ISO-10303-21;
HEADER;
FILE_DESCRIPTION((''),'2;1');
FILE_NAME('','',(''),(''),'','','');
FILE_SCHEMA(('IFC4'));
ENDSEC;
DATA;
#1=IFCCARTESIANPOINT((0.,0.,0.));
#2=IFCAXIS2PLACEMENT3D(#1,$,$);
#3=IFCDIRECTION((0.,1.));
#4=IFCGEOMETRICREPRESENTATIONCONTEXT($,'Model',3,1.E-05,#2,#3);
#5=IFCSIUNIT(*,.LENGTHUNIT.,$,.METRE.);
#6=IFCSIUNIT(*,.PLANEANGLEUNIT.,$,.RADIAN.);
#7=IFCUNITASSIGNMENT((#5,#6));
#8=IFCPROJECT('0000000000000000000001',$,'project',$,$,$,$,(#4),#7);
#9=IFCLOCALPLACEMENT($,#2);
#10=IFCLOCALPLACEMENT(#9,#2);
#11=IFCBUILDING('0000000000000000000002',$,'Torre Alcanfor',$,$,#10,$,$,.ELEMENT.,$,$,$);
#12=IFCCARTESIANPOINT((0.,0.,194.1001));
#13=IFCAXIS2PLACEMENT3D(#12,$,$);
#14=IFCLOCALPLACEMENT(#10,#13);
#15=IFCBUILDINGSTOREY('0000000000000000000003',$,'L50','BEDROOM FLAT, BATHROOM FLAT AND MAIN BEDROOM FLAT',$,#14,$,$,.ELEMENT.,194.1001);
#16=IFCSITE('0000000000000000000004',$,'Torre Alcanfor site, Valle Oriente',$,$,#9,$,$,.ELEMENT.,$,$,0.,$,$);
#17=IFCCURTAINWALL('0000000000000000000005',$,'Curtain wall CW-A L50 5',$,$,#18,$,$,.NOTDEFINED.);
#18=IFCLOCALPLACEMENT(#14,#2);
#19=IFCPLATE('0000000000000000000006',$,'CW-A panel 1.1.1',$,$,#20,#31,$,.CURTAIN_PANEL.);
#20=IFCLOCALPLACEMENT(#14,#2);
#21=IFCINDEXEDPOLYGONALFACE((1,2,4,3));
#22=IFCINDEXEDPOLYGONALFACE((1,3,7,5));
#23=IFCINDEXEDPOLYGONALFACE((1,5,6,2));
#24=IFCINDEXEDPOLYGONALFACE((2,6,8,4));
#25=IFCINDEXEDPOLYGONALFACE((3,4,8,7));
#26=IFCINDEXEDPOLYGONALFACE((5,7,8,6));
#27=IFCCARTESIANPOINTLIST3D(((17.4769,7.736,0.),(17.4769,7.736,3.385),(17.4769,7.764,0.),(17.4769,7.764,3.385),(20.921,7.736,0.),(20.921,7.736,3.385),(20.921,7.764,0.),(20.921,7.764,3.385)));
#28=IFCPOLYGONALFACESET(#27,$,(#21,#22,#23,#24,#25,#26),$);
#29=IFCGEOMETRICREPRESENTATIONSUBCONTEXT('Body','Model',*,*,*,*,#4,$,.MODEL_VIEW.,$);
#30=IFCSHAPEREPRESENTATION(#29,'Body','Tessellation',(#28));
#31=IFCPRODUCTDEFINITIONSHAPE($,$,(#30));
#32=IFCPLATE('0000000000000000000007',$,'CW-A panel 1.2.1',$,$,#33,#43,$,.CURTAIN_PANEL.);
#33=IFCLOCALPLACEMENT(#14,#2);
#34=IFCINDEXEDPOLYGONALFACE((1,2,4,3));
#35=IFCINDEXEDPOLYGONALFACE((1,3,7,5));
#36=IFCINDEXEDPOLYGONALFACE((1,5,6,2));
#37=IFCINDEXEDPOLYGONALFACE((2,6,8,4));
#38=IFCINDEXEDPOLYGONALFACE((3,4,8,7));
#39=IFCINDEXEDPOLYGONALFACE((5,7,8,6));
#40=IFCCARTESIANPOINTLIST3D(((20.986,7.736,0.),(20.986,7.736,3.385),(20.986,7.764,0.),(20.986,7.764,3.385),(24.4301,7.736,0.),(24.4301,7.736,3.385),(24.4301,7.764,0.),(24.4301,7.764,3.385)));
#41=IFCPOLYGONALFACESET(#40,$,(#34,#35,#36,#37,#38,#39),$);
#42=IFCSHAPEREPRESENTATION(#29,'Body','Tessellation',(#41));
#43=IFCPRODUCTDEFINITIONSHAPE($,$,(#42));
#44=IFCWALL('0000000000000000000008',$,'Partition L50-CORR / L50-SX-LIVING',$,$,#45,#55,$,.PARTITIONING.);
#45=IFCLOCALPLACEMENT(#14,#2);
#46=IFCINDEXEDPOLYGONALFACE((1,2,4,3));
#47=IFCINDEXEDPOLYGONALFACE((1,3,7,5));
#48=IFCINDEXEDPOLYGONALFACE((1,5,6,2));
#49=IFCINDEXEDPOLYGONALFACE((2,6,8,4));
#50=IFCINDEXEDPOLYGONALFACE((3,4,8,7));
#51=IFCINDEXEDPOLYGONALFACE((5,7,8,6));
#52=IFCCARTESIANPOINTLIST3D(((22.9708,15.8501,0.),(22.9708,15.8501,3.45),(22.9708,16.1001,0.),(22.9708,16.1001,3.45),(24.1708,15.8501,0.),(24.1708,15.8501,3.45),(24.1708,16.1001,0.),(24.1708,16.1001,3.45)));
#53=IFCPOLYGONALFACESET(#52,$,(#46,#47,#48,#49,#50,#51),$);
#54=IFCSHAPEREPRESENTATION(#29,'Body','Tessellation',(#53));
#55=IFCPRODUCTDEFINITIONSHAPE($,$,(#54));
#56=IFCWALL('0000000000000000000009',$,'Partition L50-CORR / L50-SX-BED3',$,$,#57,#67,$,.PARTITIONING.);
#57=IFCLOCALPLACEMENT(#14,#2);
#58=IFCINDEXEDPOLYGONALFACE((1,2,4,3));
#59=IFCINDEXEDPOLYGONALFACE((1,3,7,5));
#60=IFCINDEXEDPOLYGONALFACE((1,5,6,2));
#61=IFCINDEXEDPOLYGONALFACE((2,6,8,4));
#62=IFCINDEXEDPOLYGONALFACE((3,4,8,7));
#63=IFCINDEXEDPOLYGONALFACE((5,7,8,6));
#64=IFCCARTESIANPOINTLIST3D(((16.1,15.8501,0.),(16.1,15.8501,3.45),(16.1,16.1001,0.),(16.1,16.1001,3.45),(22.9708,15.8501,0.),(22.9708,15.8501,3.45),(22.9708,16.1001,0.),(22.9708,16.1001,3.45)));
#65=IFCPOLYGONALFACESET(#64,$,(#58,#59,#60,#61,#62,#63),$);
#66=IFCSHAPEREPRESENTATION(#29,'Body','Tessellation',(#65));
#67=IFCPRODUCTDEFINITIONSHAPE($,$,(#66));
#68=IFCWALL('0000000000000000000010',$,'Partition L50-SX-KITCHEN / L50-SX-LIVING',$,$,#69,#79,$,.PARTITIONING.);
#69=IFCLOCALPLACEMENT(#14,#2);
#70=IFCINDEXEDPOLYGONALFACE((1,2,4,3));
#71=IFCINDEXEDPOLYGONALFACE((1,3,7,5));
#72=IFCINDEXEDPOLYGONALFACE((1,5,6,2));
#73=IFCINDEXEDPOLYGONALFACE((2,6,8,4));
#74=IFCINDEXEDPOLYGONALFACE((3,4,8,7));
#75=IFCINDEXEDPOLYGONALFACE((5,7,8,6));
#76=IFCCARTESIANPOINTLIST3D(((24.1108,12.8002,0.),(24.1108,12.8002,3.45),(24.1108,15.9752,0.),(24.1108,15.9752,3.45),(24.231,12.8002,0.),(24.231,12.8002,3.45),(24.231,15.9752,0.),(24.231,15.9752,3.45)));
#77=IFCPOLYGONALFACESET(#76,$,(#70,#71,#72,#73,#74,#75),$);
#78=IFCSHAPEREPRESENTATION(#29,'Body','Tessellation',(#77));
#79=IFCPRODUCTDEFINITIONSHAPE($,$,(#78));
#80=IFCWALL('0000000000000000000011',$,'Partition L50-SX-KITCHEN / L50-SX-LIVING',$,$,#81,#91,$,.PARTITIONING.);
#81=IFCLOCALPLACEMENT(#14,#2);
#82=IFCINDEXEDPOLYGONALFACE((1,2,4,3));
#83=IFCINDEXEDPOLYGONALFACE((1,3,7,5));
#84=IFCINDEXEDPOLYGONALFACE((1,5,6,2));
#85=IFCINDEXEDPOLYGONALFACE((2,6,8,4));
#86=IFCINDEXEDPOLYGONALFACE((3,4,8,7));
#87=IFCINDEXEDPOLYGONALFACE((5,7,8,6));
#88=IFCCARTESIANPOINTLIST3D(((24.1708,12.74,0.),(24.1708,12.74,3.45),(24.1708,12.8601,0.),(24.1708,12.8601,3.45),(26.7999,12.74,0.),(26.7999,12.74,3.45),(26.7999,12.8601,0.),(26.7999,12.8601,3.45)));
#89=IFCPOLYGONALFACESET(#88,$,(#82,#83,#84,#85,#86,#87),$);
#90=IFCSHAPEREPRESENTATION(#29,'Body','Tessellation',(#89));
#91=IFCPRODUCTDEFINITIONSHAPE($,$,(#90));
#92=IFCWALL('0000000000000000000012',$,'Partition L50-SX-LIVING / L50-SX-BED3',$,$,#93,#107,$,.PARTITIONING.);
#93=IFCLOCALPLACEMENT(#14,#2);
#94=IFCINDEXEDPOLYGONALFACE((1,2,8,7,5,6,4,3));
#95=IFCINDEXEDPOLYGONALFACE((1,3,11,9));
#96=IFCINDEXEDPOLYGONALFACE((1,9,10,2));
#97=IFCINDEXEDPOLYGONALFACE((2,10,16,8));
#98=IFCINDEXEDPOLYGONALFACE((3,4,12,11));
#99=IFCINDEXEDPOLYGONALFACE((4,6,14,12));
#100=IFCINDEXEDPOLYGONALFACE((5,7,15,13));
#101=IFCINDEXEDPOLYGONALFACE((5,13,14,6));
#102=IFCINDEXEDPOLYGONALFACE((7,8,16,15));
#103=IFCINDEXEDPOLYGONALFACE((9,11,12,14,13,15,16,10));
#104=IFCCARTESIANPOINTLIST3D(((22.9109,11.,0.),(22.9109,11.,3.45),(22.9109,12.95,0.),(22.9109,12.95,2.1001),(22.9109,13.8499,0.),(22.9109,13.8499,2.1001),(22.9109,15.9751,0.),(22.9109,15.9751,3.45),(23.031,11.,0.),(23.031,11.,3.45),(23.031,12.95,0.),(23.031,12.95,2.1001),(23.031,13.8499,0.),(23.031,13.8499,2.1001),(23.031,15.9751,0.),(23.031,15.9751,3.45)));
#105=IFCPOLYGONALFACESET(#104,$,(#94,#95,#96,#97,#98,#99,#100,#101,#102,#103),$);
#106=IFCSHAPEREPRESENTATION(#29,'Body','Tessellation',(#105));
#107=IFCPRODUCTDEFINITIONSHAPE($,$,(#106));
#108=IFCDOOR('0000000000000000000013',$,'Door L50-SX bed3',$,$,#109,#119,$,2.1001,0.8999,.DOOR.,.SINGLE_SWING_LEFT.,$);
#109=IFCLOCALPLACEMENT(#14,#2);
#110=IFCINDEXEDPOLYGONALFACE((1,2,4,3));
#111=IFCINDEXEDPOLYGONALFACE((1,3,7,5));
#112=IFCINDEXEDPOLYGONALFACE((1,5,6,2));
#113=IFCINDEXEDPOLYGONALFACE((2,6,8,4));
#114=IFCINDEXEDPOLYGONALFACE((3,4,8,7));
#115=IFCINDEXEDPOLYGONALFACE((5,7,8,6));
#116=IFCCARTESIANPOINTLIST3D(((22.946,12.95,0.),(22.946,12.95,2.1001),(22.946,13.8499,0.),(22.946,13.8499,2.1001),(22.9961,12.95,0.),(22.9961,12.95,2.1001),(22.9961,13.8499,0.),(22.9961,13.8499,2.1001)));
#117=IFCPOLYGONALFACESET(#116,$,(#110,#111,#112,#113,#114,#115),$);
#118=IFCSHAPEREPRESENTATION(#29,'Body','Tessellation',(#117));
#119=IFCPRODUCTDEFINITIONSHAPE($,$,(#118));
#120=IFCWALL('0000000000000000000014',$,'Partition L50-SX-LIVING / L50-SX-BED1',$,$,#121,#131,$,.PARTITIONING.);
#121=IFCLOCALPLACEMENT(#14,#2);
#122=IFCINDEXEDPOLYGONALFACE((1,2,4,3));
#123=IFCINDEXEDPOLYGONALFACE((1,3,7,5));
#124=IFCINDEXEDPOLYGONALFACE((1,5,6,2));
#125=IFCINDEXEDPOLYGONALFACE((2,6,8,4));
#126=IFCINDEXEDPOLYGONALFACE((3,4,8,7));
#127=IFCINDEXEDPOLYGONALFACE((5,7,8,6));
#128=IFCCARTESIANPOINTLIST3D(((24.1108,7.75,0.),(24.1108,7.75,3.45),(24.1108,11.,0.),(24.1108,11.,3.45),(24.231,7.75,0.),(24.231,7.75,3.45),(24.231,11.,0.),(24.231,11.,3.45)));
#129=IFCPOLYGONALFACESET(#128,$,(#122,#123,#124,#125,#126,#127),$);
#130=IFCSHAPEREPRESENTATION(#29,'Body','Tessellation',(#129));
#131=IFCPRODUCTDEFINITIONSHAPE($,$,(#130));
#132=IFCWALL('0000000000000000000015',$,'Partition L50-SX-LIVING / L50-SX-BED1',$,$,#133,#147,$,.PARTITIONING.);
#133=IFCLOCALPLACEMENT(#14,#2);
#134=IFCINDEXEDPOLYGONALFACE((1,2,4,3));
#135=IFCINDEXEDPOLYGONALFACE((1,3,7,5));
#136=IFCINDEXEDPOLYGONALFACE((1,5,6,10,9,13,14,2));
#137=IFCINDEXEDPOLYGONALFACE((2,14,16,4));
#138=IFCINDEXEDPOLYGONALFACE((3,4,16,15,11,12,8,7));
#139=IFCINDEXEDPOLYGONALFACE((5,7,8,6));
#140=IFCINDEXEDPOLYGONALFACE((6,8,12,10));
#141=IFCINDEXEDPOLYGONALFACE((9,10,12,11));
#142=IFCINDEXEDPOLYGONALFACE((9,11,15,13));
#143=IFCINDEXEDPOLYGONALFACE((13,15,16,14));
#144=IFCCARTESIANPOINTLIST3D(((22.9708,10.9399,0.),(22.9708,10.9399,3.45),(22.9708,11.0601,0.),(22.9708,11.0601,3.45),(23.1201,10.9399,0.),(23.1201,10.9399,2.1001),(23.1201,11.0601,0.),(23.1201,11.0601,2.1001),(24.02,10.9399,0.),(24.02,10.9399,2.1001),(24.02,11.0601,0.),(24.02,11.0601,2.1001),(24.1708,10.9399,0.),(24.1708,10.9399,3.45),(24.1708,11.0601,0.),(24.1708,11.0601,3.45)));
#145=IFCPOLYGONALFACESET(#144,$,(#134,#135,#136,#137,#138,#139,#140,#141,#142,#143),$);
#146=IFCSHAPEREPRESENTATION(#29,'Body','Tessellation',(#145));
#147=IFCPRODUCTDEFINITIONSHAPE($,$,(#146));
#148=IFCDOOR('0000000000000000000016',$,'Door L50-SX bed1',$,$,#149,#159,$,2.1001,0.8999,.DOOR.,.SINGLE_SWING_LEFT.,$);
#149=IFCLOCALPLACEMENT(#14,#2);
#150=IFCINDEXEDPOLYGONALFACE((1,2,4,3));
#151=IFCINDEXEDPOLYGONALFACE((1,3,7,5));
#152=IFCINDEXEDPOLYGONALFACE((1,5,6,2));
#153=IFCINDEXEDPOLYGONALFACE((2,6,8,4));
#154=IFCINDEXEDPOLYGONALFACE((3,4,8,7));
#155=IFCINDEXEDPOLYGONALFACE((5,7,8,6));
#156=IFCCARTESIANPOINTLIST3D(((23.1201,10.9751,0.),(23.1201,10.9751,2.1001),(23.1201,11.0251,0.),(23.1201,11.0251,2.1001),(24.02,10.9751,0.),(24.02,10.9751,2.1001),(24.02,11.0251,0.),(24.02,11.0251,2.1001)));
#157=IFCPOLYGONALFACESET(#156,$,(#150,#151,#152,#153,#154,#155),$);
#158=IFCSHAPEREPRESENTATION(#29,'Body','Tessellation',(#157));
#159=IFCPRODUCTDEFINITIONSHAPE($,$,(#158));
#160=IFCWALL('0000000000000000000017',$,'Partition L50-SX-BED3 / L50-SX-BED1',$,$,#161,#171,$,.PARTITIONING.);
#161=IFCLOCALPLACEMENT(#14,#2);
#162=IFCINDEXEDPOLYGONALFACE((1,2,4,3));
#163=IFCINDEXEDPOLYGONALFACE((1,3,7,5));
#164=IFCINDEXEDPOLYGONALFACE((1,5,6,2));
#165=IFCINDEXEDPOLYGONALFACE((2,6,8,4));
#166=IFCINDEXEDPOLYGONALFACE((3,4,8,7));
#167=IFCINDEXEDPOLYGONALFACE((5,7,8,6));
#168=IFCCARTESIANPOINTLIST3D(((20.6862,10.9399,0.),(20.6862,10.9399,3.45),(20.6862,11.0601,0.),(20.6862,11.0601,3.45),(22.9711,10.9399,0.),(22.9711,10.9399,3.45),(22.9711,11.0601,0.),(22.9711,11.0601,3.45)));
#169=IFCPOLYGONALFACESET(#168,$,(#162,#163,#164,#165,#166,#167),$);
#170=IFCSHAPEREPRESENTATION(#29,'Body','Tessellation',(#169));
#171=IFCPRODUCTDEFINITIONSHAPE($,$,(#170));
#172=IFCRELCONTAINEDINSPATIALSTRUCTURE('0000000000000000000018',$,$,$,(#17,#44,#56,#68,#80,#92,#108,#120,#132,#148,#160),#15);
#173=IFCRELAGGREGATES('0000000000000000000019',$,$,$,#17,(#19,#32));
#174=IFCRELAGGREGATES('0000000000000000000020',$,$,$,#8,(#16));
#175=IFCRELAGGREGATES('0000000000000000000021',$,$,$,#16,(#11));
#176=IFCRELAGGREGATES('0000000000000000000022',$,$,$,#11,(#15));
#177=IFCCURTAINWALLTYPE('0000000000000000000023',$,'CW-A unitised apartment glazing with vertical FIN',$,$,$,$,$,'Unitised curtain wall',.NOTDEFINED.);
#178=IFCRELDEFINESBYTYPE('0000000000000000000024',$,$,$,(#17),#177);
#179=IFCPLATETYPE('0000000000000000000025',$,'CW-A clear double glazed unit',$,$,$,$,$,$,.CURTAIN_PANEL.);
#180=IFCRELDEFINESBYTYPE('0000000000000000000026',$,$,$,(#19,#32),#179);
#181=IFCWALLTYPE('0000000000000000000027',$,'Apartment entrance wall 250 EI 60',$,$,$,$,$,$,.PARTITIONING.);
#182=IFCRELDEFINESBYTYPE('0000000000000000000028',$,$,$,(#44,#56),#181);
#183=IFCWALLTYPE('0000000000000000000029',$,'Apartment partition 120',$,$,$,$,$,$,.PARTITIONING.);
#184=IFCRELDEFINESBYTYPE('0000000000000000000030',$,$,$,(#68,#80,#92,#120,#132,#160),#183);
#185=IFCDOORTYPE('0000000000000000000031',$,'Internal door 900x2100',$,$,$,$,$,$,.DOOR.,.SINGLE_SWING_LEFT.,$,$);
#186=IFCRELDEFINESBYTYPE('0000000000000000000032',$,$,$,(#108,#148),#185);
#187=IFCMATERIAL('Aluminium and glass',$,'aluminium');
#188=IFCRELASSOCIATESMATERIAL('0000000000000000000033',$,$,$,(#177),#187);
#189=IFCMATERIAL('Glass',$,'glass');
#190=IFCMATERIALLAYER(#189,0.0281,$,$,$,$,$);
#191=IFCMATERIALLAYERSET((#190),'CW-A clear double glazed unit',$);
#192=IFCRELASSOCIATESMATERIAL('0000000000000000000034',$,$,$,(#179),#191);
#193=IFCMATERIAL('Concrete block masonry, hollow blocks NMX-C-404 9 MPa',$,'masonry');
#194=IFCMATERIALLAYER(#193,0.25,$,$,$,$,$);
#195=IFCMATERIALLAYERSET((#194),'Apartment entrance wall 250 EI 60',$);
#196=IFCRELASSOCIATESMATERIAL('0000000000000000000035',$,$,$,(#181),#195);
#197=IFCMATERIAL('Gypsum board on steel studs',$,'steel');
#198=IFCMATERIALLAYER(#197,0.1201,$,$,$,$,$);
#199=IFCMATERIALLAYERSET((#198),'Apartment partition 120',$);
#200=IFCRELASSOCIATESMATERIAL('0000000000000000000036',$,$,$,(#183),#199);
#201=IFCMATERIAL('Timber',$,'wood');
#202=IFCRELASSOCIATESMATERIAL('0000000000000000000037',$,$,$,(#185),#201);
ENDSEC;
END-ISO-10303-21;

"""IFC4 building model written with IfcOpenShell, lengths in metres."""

from ifc_helpers import new_model, si_unit, direction, frame, frame_2d, origin, origin_2d, place, context, subcontext, project, spatial, rectangle, extrude, material, layer, layer_set, type_object, element, fill, aggregate, save


model = new_model("IFC4")

# Units and contexts
model_context = context("Model", 3, precision=1e-05, world=origin(), true_north=direction((0.0, 1.0)))
body_context = subcontext(model_context, "Body", "Model", "MODEL_VIEW")
ifc_project = project(units=[si_unit("LENGTHUNIT", "METRE"), si_unit("PLANEANGLEUNIT", "RADIAN")], contexts=[model_context])

# Site, building, storey
site_placement = place(None, origin())
site = spatial("IfcSite", under=ifc_project, at=site_placement, Name="Torre Alcanfor site, Valle Oriente", CompositionType="ELEMENT", RefElevation=0.0)
building_placement = place(site_placement, origin())
building = spatial("IfcBuilding", under=site, at=building_placement, Name="Torre Alcanfor", CompositionType="ELEMENT")
storey_placement = place(building_placement, frame((0.0, 0.0, 194.1001)))
storey = spatial("IfcBuildingStorey", under=building, at=storey_placement, Name="L50", Description="BEDROOM FLAT, BATHROOM FLAT AND MAIN BEDROOM FLAT", CompositionType="ELEMENT", Elevation=194.1001)

# Curtain wall
ifc_material_1 = material(Name="Aluminium and glass", Category="aluminium")
curtain_wall_type = type_object("IfcCurtainWallType", Name="CW-A unitised apartment glazing with vertical FIN", ElementType="Unitised curtain wall", PredefinedType="NOTDEFINED", material=ifc_material_1)
curtain_wall_placement = place(storey_placement, origin())
curtain_wall = element("IfcCurtainWall", 1, at=curtain_wall_placement, inside=storey, type_object=curtain_wall_type, Name="Curtain wall CW-A L50 5", PredefinedType="NOTDEFINED")

# Plates
ifc_material_2 = material(Name="Glass", Category="glass")
ifc_layer_1 = layer(ifc_material_2, 0.0281)
ifc_layer_set_1 = layer_set([ifc_layer_1], Name="CW-A clear double glazed unit")
plate_type = type_object("IfcPlateType", Name="CW-A clear double glazed unit", PredefinedType="CURTAIN_PANEL", material=ifc_layer_set_1)
plate_1_placement = place(storey_placement, frame((19.199, 7.75, 0.0), z_axis=(0.0, 0.0, 1.0), x_axis=(1.0, 0.0, 0.0)))
plate_1 = element("IfcPlate", 2, at=plate_1_placement, type_object=plate_type, Name="CW-A panel 1.1.1", PredefinedType="CURTAIN_PANEL", context=body_context, shape_type="SweptSolid", body=[
    extrude(rectangle(XDim=3.4441, YDim=0.0281, at=origin_2d()), origin(), (0.0, 0.0, 1.0), 3.385),
])
plate_2_placement = place(storey_placement, frame((22.708, 7.75, 0.0), z_axis=(0.0, 0.0, 1.0), x_axis=(1.0, 0.0, 0.0)))
plate_2 = element("IfcPlate", 3, at=plate_2_placement, type_object=plate_type, Name="CW-A panel 1.2.1", PredefinedType="CURTAIN_PANEL", context=body_context, shape_type="SweptSolid", body=[
    extrude(rectangle(XDim=3.4441, YDim=0.0281, at=origin_2d()), origin(), (0.0, 0.0, 1.0), 3.385),
])
aggregate(curtain_wall, [plate_1, plate_2])

# Walls
ifc_material_3 = material(Name="Concrete block masonry, hollow blocks NMX-C-404 9 MPa", Category="masonry")
ifc_layer_2 = layer(ifc_material_3, 0.25)
ifc_layer_set_2 = layer_set([ifc_layer_2], Name="Apartment entrance wall 250 EI 60")
wall_type_1 = type_object("IfcWallType", Name="Apartment entrance wall 250 EI 60", PredefinedType="PARTITIONING", material=ifc_layer_set_2)
wall_1_placement = place(storey_placement, frame((24.1709, 15.9751, 0.0), z_axis=(0.0, 0.0, 1.0), x_axis=(-1.0, 0.0, 0.0)))
element("IfcWall", 4, at=wall_1_placement, inside=storey, type_object=wall_type_1, Name="Partition L50-CORR / L50-SX-LIVING", PredefinedType="PARTITIONING", context=body_context, shape_type="SweptSolid", body=[
    extrude(rectangle(XDim=1.2, YDim=0.25, at=frame_2d((0.6001, 0.0))), origin(), (0.0, 0.0, 1.0), 3.45),
])
wall_2_placement = place(storey_placement, frame((22.9709, 15.9751, 0.0), z_axis=(0.0, 0.0, 1.0), x_axis=(-1.0, 0.0, 0.0)))
element("IfcWall", 5, at=wall_2_placement, inside=storey, type_object=wall_type_1, Name="Partition L50-CORR / L50-SX-BED3", PredefinedType="PARTITIONING", context=body_context, shape_type="SweptSolid", body=[
    extrude(rectangle(XDim=6.8708, YDim=0.25, at=frame_2d((3.4355, 0.0))), origin(), (0.0, 0.0, 1.0), 3.45),
])
ifc_material_4 = material(Name="Gypsum board on steel studs", Category="steel")
ifc_layer_3 = layer(ifc_material_4, 0.1201)
ifc_layer_set_3 = layer_set([ifc_layer_3], Name="Apartment partition 120")
wall_type_2 = type_object("IfcWallType", Name="Apartment partition 120", PredefinedType="PARTITIONING", material=ifc_layer_set_3)
wall_3_placement = place(storey_placement, frame((24.1709, 15.9751, 0.0), z_axis=(0.0, 0.0, 1.0), x_axis=(0.0, -1.0, 0.0)))
element("IfcWall", 6, at=wall_3_placement, inside=storey, type_object=wall_type_2, Name="Partition L50-SX-KITCHEN / L50-SX-LIVING", PredefinedType="PARTITIONING", context=body_context, shape_type="SweptSolid", body=[
    extrude(rectangle(XDim=3.175, YDim=0.1201, at=frame_2d((1.5874, 0.0))), origin(), (0.0, 0.0, 1.0), 3.45),
])
wall_4_placement = place(storey_placement, frame((24.1709, 12.8, 0.0), z_axis=(0.0, 0.0, 1.0), x_axis=(1.0, 0.0, 0.0)))
element("IfcWall", 7, at=wall_4_placement, inside=storey, type_object=wall_type_2, Name="Partition L50-SX-KITCHEN / L50-SX-LIVING", PredefinedType="PARTITIONING", context=body_context, shape_type="SweptSolid", body=[
    extrude(rectangle(XDim=2.6292, YDim=0.1201, at=frame_2d((1.3145, 0.0))), origin(), (0.0, 0.0, 1.0), 3.45),
])

# Wall, opening, door
wall_5_placement = place(storey_placement, frame((22.9709, 11.0, 0.0), z_axis=(0.0, 0.0, 1.0), x_axis=(0.0, 1.0, 0.0)))
wall_5 = element("IfcWall", 8, at=wall_5_placement, inside=storey, type_object=wall_type_2, Name="Partition L50-SX-LIVING / L50-SX-BED3", PredefinedType="PARTITIONING", context=body_context, shape_type="SweptSolid", body=[
    extrude(rectangle(XDim=4.9751, YDim=0.1201, at=frame_2d((2.4875, 0.0))), origin(), (0.0, 0.0, 1.0), 3.45),
])
opening_1_placement = place(wall_5_placement, frame((1.95, 0.0, 0.0)))
opening_1 = element("IfcOpeningElement", 9, at=opening_1_placement, cuts=wall_5, PredefinedType="OPENING", context=body_context, shape_type="SweptSolid", body=[
    extrude(rectangle(XDim=0.8999, YDim=2.1001, at=frame_2d((0.45, 1.05))), frame((0.0, 0.0701, 0.0), z_axis=(0.0, -1.0, 0.0), x_axis=(1.0, 0.0, 0.0)), (0.0, 0.0, 1.0), 0.1401),
])
ifc_material_5 = material(Name="Timber", Category="wood")
door_type_1 = type_object("IfcDoorType", Name="Internal door 900x2100", OperationType="SINGLE_SWING_LEFT", PredefinedType="DOOR", material=ifc_material_5)
door_1_placement = place(opening_1_placement, origin())
door_1 = element("IfcDoor", 10, at=door_1_placement, inside=storey, type_object=door_type_1, Name="Door L50-SX bed3", OperationType="SINGLE_SWING_LEFT", OverallHeight=2.1001, OverallWidth=0.8999, PredefinedType="DOOR", context=body_context, shape_type="SweptSolid", body=[
    extrude(rectangle(XDim=0.8999, YDim=2.1001, at=frame_2d((0.45, 1.05))), frame((0.0, 0.0249, 0.0), z_axis=(0.0, -1.0, 0.0), x_axis=(1.0, 0.0, 0.0)), (0.0, 0.0, 1.0), 0.05),
])
fill(opening_1, door_1)

# Wall
wall_6_placement = place(storey_placement, frame((24.1709, 7.75, 0.0), z_axis=(0.0, 0.0, 1.0), x_axis=(0.0, 1.0, 0.0)))
element("IfcWall", 11, at=wall_6_placement, inside=storey, type_object=wall_type_2, Name="Partition L50-SX-LIVING / L50-SX-BED1", PredefinedType="PARTITIONING", context=body_context, shape_type="SweptSolid", body=[
    extrude(rectangle(XDim=3.25, YDim=0.1201, at=frame_2d((1.625, 0.0))), origin(), (0.0, 0.0, 1.0), 3.45),
])

# Wall, opening, door
wall_7_placement = place(storey_placement, frame((24.1709, 11.0, 0.0), z_axis=(0.0, 0.0, 1.0), x_axis=(-1.0, 0.0, 0.0)))
wall_7 = element("IfcWall", 12, at=wall_7_placement, inside=storey, type_object=wall_type_2, Name="Partition L50-SX-LIVING / L50-SX-BED1", PredefinedType="PARTITIONING", context=body_context, shape_type="SweptSolid", body=[
    extrude(rectangle(XDim=1.2, YDim=0.1201, at=frame_2d((0.6001, 0.0))), origin(), (0.0, 0.0, 1.0), 3.45),
])
opening_2_placement = place(wall_7_placement, frame((0.1509, 0.0, 0.0)))
opening_2 = element("IfcOpeningElement", 13, at=opening_2_placement, cuts=wall_7, PredefinedType="OPENING", context=body_context, shape_type="SweptSolid", body=[
    extrude(rectangle(XDim=0.8999, YDim=2.1001, at=frame_2d((0.45, 1.05))), frame((0.0, 0.0701, 0.0), z_axis=(0.0, -1.0, 0.0), x_axis=(1.0, 0.0, 0.0)), (0.0, 0.0, 1.0), 0.1401),
])
door_2_placement = place(opening_2_placement, origin())
door_2 = element("IfcDoor", 14, at=door_2_placement, inside=storey, type_object=door_type_1, Name="Door L50-SX bed1", OperationType="SINGLE_SWING_LEFT", OverallHeight=2.1001, OverallWidth=0.8999, PredefinedType="DOOR", context=body_context, shape_type="SweptSolid", body=[
    extrude(rectangle(XDim=0.8999, YDim=2.1001, at=frame_2d((0.45, 1.05))), frame((0.0, 0.0249, 0.0), z_axis=(0.0, -1.0, 0.0), x_axis=(1.0, 0.0, 0.0)), (0.0, 0.0, 1.0), 0.05),
])
fill(opening_2, door_2)

# Wall
wall_8_placement = place(storey_placement, frame((20.686, 11.0, 0.0), z_axis=(0.0, 0.0, 1.0), x_axis=(1.0, 0.0, 0.0)))
element("IfcWall", 15, at=wall_8_placement, inside=storey, type_object=wall_type_2, Name="Partition L50-SX-BED3 / L50-SX-BED1", PredefinedType="PARTITIONING", context=body_context, shape_type="SweptSolid", body=[
    extrude(rectangle(XDim=2.2849, YDim=0.1201, at=frame_2d((1.1426, 0.0))), origin(), (0.0, 0.0, 1.0), 3.45),
])

save(model, "model.ifc")
